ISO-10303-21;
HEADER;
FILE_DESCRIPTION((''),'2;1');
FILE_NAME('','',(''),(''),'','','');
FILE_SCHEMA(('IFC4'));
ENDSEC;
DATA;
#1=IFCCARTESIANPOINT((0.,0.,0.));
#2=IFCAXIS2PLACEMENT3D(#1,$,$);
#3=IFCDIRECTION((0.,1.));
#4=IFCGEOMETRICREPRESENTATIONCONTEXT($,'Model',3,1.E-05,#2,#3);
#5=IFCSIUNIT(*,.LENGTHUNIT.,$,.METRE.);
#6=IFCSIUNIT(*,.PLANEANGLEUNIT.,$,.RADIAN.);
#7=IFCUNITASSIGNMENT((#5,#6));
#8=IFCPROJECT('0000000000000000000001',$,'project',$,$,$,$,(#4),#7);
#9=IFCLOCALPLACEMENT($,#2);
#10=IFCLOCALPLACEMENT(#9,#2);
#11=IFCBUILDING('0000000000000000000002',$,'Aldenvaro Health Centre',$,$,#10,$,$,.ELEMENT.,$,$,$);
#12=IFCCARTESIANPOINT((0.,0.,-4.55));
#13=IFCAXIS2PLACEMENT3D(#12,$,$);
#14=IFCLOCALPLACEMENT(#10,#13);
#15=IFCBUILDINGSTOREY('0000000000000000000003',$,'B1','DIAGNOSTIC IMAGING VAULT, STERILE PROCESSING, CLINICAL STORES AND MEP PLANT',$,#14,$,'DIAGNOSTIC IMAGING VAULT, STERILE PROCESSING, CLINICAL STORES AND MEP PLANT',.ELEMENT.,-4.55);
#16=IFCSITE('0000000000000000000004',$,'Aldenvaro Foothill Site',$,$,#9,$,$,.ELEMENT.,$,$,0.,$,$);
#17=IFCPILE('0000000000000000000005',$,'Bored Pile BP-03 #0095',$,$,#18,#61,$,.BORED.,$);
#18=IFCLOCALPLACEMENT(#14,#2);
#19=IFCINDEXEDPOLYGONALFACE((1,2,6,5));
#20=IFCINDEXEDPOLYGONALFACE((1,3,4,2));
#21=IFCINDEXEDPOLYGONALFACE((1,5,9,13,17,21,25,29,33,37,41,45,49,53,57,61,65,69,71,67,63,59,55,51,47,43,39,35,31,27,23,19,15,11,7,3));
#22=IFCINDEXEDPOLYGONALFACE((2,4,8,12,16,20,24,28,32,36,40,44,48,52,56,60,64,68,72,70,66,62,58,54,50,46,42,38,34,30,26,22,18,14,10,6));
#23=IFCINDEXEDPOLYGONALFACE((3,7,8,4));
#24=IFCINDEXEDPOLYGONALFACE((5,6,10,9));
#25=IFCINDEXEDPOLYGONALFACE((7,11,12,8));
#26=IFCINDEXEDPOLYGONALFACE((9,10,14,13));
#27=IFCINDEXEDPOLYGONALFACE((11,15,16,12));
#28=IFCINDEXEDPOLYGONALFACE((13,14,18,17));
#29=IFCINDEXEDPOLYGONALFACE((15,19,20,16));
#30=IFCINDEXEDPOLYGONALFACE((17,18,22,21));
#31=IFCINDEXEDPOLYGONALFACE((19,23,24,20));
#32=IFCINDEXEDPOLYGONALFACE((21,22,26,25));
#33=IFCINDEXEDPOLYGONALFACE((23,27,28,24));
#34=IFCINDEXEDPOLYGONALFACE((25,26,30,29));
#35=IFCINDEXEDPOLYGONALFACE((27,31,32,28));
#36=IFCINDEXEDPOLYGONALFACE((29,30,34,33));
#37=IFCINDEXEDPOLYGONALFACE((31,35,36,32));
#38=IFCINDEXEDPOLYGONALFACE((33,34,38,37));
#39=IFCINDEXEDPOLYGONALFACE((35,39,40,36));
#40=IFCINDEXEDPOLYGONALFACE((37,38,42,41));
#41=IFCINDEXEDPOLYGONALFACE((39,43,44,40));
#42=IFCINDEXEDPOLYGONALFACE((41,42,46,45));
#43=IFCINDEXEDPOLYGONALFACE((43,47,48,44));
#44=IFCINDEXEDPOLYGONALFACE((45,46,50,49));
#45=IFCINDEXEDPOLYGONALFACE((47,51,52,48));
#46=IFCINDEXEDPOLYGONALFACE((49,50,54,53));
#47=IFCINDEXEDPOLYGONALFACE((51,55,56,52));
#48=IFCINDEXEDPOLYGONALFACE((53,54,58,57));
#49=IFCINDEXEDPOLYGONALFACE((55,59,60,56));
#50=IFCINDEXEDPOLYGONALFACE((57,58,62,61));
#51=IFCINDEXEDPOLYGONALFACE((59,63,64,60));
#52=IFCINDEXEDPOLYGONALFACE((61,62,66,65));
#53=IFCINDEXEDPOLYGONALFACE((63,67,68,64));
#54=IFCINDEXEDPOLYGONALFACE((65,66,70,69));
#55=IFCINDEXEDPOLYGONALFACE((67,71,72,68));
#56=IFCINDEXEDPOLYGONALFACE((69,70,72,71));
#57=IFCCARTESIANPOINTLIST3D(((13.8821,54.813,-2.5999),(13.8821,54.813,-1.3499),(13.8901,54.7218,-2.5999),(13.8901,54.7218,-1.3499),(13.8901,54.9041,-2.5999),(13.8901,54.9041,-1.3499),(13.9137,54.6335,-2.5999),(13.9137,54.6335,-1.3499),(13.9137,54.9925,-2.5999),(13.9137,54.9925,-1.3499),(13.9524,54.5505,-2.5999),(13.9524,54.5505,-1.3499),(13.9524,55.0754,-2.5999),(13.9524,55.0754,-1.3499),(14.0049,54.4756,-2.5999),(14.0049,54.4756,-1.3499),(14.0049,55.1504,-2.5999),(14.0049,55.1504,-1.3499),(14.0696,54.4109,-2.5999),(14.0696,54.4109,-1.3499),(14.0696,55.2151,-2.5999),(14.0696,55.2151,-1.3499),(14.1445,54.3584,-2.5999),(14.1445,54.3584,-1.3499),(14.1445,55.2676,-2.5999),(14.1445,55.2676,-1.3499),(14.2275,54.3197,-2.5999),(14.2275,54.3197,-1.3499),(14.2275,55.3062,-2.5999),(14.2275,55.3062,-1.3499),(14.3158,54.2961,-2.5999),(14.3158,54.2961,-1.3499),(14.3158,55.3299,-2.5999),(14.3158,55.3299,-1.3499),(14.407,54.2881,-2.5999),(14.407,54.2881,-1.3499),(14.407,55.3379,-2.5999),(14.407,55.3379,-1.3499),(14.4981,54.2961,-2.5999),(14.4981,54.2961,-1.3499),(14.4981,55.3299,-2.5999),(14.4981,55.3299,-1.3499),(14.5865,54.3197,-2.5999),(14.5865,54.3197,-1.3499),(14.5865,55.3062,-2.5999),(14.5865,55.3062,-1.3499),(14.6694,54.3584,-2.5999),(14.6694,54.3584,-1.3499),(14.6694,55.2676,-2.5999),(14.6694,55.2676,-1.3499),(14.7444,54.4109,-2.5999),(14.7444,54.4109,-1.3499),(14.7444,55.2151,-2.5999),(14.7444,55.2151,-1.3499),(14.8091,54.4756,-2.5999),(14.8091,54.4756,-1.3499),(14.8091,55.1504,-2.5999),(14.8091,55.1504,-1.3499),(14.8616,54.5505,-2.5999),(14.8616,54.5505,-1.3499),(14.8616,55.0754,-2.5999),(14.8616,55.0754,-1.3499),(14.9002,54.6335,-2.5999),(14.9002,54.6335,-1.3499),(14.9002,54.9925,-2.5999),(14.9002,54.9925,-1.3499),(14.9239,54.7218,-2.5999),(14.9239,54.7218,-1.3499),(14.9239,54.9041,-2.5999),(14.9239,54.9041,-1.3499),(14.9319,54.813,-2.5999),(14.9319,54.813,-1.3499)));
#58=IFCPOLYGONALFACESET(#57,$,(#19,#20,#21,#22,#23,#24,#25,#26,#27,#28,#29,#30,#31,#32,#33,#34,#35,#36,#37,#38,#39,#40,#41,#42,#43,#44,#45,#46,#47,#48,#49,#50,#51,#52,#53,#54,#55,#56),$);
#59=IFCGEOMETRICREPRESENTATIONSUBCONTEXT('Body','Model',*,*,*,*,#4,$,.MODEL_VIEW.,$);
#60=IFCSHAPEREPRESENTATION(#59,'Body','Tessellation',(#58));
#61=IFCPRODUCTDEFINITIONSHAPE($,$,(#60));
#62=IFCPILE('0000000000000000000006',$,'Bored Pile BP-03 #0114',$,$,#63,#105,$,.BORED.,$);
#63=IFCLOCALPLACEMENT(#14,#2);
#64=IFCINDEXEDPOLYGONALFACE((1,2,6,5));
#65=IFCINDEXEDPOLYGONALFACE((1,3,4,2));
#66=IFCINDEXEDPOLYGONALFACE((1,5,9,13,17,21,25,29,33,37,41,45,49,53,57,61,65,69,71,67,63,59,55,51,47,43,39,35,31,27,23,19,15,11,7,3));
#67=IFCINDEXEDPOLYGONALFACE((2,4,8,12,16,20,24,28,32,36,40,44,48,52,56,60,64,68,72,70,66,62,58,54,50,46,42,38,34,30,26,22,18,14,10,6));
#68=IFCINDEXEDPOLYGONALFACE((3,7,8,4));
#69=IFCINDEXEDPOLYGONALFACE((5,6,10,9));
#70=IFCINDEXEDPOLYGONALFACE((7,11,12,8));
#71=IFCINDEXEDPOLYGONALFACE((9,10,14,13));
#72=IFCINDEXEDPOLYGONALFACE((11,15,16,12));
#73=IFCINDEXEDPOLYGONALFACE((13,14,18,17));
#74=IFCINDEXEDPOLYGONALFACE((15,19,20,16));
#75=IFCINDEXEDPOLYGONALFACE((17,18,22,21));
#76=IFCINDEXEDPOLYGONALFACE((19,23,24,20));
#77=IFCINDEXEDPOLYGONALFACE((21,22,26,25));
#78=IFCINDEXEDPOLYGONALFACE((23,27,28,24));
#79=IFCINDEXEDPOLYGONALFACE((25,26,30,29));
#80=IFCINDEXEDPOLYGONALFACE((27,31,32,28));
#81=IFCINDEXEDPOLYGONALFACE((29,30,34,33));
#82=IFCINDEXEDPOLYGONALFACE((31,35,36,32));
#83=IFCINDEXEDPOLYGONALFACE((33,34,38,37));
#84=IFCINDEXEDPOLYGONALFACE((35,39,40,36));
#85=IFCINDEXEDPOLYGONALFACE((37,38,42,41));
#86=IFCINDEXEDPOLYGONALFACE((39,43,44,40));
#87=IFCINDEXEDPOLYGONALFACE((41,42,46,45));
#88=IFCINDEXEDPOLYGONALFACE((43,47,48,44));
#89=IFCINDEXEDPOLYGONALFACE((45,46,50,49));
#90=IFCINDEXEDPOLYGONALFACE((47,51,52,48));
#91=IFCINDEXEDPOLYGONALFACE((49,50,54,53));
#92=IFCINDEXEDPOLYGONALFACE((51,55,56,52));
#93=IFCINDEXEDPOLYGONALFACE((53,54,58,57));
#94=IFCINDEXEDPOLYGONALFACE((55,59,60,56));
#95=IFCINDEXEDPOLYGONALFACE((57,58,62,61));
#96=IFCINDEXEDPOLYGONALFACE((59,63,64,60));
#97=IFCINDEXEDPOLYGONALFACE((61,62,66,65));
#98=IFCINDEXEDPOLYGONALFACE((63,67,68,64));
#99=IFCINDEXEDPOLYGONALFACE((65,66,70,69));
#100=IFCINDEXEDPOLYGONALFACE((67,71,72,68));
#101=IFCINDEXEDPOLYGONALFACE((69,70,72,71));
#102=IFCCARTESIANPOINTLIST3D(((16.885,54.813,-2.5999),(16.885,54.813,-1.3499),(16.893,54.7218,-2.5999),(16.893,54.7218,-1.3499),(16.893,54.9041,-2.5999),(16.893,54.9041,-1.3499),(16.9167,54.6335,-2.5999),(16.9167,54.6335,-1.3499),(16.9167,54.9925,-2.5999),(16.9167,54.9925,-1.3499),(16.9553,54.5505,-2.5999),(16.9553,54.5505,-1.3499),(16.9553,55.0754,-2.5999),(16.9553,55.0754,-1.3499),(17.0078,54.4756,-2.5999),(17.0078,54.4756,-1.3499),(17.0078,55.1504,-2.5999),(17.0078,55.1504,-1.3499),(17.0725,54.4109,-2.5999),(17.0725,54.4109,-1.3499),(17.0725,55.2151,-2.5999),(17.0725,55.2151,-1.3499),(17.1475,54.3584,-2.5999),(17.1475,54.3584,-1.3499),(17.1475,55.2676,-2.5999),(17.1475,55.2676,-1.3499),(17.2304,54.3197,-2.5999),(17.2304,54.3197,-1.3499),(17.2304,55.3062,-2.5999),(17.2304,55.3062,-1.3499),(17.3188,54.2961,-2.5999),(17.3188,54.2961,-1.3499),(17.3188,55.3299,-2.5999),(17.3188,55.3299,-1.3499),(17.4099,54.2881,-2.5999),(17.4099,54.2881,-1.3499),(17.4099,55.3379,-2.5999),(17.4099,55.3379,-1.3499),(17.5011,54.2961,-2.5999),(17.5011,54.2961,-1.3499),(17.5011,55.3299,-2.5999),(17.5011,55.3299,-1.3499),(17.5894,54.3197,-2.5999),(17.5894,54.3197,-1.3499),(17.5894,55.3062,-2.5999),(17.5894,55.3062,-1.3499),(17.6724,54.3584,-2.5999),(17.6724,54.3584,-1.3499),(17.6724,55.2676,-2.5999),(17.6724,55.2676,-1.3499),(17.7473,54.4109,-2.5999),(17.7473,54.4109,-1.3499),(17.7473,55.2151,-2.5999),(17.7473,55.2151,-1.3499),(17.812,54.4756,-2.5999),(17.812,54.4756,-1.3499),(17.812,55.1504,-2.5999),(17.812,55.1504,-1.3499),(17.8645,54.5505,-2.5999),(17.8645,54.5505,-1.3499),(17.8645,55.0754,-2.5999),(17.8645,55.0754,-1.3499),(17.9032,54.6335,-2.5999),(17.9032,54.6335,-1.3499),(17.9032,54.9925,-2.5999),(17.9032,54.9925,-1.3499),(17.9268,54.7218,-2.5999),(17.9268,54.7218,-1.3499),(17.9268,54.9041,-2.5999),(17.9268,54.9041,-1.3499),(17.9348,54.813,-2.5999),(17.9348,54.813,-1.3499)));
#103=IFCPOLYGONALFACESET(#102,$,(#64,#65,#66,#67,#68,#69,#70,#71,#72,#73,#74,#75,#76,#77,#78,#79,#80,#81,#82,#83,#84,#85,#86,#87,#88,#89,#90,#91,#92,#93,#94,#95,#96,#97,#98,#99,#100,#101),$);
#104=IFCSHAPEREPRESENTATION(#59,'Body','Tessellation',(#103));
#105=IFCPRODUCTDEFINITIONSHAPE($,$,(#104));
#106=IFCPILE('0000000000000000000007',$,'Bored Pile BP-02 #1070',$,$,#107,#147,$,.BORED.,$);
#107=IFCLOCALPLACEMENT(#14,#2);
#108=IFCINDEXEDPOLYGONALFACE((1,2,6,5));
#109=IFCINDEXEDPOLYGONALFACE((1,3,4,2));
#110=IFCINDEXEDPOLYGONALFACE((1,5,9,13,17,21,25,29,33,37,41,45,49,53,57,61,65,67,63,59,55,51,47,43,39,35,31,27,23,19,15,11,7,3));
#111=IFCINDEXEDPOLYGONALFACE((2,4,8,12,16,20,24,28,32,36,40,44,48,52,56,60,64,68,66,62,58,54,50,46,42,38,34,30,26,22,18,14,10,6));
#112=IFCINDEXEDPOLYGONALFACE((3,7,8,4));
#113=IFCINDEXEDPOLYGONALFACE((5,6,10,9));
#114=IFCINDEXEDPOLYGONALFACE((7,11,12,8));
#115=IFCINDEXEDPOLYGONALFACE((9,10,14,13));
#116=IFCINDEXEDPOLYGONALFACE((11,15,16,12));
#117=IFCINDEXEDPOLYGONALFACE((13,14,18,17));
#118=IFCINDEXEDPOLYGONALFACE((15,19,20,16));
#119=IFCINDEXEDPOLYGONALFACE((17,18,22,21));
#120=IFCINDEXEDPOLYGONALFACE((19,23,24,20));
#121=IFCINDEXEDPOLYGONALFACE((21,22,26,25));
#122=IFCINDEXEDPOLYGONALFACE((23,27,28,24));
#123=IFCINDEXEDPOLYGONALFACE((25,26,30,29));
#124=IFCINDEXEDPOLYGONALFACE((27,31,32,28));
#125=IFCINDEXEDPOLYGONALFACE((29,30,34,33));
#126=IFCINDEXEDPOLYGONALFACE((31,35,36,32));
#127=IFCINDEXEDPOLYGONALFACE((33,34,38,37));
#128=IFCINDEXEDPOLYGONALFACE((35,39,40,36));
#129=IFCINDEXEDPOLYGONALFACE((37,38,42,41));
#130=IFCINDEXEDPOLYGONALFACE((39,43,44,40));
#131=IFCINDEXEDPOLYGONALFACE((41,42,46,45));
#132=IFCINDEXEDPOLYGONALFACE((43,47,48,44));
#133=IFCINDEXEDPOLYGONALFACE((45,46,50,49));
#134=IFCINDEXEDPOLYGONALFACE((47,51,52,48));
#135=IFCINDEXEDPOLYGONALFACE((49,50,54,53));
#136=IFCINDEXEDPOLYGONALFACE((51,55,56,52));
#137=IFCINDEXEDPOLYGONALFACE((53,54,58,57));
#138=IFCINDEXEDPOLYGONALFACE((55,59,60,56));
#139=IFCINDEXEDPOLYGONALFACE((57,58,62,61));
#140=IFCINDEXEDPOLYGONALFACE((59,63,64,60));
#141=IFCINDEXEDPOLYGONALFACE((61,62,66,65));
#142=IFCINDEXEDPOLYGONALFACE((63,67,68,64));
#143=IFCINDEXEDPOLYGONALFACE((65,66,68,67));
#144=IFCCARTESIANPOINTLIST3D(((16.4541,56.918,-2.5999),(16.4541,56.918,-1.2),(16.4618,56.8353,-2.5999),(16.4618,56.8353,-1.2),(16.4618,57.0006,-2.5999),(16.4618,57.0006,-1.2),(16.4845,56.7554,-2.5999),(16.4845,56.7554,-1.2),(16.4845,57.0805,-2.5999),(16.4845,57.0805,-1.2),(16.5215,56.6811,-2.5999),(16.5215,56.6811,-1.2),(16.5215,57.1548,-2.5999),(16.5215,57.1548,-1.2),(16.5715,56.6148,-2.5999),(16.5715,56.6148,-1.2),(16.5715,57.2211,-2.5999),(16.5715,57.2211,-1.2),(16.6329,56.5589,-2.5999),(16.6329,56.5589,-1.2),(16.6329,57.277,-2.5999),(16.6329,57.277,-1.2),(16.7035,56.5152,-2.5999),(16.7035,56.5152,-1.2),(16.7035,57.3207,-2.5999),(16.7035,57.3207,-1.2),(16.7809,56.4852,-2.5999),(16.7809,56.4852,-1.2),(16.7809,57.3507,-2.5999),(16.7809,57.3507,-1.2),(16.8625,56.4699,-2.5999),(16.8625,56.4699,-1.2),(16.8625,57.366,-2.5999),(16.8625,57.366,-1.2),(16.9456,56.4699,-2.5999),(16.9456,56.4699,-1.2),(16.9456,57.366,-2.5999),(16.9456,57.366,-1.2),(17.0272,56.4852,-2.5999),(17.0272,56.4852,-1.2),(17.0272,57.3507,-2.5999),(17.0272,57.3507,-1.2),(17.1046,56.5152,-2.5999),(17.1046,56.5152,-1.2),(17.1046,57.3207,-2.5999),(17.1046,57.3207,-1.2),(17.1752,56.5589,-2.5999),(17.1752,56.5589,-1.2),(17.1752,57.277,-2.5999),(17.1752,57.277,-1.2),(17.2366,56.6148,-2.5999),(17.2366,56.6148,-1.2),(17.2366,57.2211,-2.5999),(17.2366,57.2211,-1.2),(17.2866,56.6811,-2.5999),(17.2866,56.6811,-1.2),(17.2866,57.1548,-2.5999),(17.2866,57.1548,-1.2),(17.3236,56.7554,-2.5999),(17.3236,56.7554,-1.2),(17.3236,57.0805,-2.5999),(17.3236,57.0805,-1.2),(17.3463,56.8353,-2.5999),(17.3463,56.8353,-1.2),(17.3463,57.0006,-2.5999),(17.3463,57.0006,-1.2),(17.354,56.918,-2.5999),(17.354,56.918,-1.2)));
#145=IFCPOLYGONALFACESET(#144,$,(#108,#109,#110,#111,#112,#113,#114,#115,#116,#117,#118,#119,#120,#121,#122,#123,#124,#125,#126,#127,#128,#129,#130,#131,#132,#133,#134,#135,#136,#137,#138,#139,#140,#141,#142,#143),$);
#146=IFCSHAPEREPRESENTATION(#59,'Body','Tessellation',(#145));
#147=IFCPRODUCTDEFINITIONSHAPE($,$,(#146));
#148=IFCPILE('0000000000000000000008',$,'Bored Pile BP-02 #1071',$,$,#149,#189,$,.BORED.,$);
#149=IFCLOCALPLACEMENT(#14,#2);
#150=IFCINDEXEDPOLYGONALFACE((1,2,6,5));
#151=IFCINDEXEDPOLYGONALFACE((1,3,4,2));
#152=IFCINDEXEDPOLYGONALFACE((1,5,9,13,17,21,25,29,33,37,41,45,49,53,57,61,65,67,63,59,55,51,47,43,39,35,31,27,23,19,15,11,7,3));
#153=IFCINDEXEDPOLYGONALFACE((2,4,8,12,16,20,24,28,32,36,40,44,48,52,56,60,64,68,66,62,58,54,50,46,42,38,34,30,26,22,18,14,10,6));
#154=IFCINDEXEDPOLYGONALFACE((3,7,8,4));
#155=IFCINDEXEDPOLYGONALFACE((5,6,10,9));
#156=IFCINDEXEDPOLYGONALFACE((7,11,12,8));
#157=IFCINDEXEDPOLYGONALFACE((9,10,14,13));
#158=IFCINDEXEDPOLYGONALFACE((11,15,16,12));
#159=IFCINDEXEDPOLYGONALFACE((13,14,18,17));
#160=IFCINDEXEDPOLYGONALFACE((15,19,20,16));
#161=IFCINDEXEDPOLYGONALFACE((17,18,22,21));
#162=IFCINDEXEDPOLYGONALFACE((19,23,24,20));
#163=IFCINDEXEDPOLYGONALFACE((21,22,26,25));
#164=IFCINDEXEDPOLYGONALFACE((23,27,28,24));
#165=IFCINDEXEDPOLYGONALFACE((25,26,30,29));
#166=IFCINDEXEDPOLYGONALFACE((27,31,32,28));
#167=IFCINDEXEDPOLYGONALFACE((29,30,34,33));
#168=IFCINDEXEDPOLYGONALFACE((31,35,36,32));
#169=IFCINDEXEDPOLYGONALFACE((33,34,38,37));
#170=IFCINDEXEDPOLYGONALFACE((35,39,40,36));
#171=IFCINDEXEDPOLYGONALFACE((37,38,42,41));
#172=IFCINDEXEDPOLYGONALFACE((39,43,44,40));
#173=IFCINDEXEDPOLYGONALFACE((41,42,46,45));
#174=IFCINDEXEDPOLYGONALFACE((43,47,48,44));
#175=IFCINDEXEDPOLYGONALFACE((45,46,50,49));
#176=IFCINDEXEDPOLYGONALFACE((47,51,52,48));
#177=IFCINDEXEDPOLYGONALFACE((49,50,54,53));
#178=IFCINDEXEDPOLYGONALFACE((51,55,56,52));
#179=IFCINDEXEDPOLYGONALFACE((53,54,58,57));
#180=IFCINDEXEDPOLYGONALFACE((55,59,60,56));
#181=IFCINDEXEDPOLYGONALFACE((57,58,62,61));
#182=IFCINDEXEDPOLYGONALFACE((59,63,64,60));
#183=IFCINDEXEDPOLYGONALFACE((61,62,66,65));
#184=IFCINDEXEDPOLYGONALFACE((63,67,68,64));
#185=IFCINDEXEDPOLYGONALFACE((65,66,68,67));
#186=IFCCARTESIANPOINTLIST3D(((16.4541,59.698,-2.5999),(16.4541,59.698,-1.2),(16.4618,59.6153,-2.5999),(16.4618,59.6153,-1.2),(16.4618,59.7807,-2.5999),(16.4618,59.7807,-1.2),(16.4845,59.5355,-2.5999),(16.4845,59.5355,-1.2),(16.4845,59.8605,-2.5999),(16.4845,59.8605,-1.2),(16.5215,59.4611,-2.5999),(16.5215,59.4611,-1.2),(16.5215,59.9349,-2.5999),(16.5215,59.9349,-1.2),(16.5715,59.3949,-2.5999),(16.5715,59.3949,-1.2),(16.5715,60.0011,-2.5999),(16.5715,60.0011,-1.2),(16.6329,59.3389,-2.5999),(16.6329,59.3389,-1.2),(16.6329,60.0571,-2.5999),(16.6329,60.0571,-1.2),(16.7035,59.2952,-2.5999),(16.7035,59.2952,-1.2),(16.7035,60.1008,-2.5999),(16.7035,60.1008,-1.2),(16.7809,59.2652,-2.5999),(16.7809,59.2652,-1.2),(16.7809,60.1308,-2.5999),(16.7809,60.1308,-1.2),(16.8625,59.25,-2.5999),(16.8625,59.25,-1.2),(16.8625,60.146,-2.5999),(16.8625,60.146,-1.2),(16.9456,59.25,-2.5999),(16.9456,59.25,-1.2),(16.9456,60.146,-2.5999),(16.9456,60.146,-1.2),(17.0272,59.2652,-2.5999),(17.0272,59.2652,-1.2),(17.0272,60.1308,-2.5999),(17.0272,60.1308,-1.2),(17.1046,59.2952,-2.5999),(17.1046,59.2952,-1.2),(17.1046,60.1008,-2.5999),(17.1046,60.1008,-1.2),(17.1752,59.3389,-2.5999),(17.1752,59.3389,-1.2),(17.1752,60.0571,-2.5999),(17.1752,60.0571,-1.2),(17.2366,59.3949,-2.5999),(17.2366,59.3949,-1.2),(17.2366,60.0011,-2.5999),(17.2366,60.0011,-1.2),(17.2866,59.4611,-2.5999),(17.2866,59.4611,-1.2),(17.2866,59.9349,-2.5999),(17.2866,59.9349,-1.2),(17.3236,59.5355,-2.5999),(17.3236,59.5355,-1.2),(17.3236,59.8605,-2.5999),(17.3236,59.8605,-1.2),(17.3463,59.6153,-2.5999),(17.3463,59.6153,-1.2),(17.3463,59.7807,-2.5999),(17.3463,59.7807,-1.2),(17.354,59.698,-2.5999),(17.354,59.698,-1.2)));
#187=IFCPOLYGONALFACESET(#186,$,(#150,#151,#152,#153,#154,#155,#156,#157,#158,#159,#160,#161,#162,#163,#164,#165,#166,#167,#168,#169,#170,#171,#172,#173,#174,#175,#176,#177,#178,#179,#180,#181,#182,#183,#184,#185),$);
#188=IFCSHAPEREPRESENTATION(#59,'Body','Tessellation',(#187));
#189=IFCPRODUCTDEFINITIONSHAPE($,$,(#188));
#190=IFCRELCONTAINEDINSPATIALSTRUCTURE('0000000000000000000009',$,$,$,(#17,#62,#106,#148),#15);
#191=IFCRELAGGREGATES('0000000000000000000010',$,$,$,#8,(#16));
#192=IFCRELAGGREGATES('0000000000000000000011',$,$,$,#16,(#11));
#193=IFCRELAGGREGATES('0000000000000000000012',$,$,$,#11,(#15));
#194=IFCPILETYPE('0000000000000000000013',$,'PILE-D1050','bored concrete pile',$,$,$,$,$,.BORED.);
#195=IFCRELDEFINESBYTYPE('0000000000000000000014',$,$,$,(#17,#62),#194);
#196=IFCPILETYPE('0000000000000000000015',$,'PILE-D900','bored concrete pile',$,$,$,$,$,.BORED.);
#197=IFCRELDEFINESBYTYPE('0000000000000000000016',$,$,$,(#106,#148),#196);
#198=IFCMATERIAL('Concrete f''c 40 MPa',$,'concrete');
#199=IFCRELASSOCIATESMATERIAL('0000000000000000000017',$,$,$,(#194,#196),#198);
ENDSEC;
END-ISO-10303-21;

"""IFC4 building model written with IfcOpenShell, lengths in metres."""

from ifc_helpers import new_model, si_unit, direction, frame, origin, origin_2d, place, context, subcontext, project, spatial, circle, extrude, material, material_profile, profile_set, type_object, element, save


model = new_model("IFC4")

# Units and contexts
model_context = context("Model", 3, precision=1e-05, world=origin(), true_north=direction((0.0, 1.0)))
body_context = subcontext(model_context, "Body", "Model", "MODEL_VIEW")
ifc_project = project(units=[si_unit("LENGTHUNIT", "METRE"), si_unit("PLANEANGLEUNIT", "RADIAN")], contexts=[model_context])

# Site, building, storey
site_placement = place(None, origin())
site = spatial("IfcSite", under=ifc_project, at=site_placement, Name="Aldenvaro Foothill Site", CompositionType="ELEMENT", RefElevation=0.0)
building_placement = place(site_placement, origin())
building = spatial("IfcBuilding", under=site, at=building_placement, Name="Aldenvaro Health Centre", CompositionType="ELEMENT")
storey_placement = place(building_placement, frame((0.0, 0.0, -4.55)))
storey = spatial("IfcBuildingStorey", under=building, at=storey_placement, Name="B1", Description="DIAGNOSTIC IMAGING VAULT, STERILE PROCESSING, CLINICAL STORES AND MEP PLANT", LongName="DIAGNOSTIC IMAGING VAULT, STERILE PROCESSING, CLINICAL STORES AND MEP PLANT", CompositionType="ELEMENT", Elevation=-4.55)

# Piles
ifc_material_1 = material(Name="Concrete f'c 40 MPa", Category="concrete")
ifc_material_profile_1 = material_profile(ifc_material_1, circle(Radius=0.5249, at=origin_2d()), Name="PILE D1050", Category="concrete")
ifc_profile_set_1 = profile_set([ifc_material_profile_1], Name="Concrete f'c 40 MPa")
pile_type_1 = type_object("IfcPileType", Name="PILE-D1050", Description="bored concrete pile", PredefinedType="BORED", material=ifc_profile_set_1)
for number, where, z_axis, x_axis, name in (
    (1, (14.407, 54.813, -1.3499), (0.0, 0.0, -1.0), (1.0, 0.0, 0.0), "Bored Pile BP-03 #0095"),
    (2, (17.4099, 54.813, -1.3499), (0.0, 0.0, -1.0), (1.0, 0.0, 0.0), "Bored Pile BP-03 #0114"),
):
    element("IfcPile", number, at=place(storey_placement, frame(where, z_axis=z_axis, x_axis=x_axis)), inside=storey, type_object=pile_type_1, Name=name, PredefinedType="BORED", context=body_context, shape_type="SweptSolid", body=[
        extrude(circle(Radius=0.5249, at=origin_2d()), origin(), (0.0, 0.0, 1.0), 1.25),
    ])
ifc_material_profile_2 = material_profile(ifc_material_1, circle(Radius=0.45, at=origin_2d()), Name="PILE D900", Category="concrete")
ifc_profile_set_2 = profile_set([ifc_material_profile_2], Name="Concrete f'c 40 MPa")
pile_type_2 = type_object("IfcPileType", Name="PILE-D900", Description="bored concrete pile", PredefinedType="BORED", material=ifc_profile_set_2)
for number, where, z_axis, x_axis, name in (
    (3, (16.9041, 56.918, -1.2), (0.0, 0.0, -1.0), (1.0, 0.0, 0.0), "Bored Pile BP-02 #1070"),
    (4, (16.9041, 59.698, -1.2), (0.0, 0.0, -1.0), (1.0, 0.0, 0.0), "Bored Pile BP-02 #1071"),
):
    element("IfcPile", number, at=place(storey_placement, frame(where, z_axis=z_axis, x_axis=x_axis)), inside=storey, type_object=pile_type_2, Name=name, PredefinedType="BORED", context=body_context, shape_type="SweptSolid", body=[
        extrude(circle(Radius=0.45, at=origin_2d()), origin(), (0.0, 0.0, 1.0), 1.3999),
    ])

save(model, "model.ifc")
